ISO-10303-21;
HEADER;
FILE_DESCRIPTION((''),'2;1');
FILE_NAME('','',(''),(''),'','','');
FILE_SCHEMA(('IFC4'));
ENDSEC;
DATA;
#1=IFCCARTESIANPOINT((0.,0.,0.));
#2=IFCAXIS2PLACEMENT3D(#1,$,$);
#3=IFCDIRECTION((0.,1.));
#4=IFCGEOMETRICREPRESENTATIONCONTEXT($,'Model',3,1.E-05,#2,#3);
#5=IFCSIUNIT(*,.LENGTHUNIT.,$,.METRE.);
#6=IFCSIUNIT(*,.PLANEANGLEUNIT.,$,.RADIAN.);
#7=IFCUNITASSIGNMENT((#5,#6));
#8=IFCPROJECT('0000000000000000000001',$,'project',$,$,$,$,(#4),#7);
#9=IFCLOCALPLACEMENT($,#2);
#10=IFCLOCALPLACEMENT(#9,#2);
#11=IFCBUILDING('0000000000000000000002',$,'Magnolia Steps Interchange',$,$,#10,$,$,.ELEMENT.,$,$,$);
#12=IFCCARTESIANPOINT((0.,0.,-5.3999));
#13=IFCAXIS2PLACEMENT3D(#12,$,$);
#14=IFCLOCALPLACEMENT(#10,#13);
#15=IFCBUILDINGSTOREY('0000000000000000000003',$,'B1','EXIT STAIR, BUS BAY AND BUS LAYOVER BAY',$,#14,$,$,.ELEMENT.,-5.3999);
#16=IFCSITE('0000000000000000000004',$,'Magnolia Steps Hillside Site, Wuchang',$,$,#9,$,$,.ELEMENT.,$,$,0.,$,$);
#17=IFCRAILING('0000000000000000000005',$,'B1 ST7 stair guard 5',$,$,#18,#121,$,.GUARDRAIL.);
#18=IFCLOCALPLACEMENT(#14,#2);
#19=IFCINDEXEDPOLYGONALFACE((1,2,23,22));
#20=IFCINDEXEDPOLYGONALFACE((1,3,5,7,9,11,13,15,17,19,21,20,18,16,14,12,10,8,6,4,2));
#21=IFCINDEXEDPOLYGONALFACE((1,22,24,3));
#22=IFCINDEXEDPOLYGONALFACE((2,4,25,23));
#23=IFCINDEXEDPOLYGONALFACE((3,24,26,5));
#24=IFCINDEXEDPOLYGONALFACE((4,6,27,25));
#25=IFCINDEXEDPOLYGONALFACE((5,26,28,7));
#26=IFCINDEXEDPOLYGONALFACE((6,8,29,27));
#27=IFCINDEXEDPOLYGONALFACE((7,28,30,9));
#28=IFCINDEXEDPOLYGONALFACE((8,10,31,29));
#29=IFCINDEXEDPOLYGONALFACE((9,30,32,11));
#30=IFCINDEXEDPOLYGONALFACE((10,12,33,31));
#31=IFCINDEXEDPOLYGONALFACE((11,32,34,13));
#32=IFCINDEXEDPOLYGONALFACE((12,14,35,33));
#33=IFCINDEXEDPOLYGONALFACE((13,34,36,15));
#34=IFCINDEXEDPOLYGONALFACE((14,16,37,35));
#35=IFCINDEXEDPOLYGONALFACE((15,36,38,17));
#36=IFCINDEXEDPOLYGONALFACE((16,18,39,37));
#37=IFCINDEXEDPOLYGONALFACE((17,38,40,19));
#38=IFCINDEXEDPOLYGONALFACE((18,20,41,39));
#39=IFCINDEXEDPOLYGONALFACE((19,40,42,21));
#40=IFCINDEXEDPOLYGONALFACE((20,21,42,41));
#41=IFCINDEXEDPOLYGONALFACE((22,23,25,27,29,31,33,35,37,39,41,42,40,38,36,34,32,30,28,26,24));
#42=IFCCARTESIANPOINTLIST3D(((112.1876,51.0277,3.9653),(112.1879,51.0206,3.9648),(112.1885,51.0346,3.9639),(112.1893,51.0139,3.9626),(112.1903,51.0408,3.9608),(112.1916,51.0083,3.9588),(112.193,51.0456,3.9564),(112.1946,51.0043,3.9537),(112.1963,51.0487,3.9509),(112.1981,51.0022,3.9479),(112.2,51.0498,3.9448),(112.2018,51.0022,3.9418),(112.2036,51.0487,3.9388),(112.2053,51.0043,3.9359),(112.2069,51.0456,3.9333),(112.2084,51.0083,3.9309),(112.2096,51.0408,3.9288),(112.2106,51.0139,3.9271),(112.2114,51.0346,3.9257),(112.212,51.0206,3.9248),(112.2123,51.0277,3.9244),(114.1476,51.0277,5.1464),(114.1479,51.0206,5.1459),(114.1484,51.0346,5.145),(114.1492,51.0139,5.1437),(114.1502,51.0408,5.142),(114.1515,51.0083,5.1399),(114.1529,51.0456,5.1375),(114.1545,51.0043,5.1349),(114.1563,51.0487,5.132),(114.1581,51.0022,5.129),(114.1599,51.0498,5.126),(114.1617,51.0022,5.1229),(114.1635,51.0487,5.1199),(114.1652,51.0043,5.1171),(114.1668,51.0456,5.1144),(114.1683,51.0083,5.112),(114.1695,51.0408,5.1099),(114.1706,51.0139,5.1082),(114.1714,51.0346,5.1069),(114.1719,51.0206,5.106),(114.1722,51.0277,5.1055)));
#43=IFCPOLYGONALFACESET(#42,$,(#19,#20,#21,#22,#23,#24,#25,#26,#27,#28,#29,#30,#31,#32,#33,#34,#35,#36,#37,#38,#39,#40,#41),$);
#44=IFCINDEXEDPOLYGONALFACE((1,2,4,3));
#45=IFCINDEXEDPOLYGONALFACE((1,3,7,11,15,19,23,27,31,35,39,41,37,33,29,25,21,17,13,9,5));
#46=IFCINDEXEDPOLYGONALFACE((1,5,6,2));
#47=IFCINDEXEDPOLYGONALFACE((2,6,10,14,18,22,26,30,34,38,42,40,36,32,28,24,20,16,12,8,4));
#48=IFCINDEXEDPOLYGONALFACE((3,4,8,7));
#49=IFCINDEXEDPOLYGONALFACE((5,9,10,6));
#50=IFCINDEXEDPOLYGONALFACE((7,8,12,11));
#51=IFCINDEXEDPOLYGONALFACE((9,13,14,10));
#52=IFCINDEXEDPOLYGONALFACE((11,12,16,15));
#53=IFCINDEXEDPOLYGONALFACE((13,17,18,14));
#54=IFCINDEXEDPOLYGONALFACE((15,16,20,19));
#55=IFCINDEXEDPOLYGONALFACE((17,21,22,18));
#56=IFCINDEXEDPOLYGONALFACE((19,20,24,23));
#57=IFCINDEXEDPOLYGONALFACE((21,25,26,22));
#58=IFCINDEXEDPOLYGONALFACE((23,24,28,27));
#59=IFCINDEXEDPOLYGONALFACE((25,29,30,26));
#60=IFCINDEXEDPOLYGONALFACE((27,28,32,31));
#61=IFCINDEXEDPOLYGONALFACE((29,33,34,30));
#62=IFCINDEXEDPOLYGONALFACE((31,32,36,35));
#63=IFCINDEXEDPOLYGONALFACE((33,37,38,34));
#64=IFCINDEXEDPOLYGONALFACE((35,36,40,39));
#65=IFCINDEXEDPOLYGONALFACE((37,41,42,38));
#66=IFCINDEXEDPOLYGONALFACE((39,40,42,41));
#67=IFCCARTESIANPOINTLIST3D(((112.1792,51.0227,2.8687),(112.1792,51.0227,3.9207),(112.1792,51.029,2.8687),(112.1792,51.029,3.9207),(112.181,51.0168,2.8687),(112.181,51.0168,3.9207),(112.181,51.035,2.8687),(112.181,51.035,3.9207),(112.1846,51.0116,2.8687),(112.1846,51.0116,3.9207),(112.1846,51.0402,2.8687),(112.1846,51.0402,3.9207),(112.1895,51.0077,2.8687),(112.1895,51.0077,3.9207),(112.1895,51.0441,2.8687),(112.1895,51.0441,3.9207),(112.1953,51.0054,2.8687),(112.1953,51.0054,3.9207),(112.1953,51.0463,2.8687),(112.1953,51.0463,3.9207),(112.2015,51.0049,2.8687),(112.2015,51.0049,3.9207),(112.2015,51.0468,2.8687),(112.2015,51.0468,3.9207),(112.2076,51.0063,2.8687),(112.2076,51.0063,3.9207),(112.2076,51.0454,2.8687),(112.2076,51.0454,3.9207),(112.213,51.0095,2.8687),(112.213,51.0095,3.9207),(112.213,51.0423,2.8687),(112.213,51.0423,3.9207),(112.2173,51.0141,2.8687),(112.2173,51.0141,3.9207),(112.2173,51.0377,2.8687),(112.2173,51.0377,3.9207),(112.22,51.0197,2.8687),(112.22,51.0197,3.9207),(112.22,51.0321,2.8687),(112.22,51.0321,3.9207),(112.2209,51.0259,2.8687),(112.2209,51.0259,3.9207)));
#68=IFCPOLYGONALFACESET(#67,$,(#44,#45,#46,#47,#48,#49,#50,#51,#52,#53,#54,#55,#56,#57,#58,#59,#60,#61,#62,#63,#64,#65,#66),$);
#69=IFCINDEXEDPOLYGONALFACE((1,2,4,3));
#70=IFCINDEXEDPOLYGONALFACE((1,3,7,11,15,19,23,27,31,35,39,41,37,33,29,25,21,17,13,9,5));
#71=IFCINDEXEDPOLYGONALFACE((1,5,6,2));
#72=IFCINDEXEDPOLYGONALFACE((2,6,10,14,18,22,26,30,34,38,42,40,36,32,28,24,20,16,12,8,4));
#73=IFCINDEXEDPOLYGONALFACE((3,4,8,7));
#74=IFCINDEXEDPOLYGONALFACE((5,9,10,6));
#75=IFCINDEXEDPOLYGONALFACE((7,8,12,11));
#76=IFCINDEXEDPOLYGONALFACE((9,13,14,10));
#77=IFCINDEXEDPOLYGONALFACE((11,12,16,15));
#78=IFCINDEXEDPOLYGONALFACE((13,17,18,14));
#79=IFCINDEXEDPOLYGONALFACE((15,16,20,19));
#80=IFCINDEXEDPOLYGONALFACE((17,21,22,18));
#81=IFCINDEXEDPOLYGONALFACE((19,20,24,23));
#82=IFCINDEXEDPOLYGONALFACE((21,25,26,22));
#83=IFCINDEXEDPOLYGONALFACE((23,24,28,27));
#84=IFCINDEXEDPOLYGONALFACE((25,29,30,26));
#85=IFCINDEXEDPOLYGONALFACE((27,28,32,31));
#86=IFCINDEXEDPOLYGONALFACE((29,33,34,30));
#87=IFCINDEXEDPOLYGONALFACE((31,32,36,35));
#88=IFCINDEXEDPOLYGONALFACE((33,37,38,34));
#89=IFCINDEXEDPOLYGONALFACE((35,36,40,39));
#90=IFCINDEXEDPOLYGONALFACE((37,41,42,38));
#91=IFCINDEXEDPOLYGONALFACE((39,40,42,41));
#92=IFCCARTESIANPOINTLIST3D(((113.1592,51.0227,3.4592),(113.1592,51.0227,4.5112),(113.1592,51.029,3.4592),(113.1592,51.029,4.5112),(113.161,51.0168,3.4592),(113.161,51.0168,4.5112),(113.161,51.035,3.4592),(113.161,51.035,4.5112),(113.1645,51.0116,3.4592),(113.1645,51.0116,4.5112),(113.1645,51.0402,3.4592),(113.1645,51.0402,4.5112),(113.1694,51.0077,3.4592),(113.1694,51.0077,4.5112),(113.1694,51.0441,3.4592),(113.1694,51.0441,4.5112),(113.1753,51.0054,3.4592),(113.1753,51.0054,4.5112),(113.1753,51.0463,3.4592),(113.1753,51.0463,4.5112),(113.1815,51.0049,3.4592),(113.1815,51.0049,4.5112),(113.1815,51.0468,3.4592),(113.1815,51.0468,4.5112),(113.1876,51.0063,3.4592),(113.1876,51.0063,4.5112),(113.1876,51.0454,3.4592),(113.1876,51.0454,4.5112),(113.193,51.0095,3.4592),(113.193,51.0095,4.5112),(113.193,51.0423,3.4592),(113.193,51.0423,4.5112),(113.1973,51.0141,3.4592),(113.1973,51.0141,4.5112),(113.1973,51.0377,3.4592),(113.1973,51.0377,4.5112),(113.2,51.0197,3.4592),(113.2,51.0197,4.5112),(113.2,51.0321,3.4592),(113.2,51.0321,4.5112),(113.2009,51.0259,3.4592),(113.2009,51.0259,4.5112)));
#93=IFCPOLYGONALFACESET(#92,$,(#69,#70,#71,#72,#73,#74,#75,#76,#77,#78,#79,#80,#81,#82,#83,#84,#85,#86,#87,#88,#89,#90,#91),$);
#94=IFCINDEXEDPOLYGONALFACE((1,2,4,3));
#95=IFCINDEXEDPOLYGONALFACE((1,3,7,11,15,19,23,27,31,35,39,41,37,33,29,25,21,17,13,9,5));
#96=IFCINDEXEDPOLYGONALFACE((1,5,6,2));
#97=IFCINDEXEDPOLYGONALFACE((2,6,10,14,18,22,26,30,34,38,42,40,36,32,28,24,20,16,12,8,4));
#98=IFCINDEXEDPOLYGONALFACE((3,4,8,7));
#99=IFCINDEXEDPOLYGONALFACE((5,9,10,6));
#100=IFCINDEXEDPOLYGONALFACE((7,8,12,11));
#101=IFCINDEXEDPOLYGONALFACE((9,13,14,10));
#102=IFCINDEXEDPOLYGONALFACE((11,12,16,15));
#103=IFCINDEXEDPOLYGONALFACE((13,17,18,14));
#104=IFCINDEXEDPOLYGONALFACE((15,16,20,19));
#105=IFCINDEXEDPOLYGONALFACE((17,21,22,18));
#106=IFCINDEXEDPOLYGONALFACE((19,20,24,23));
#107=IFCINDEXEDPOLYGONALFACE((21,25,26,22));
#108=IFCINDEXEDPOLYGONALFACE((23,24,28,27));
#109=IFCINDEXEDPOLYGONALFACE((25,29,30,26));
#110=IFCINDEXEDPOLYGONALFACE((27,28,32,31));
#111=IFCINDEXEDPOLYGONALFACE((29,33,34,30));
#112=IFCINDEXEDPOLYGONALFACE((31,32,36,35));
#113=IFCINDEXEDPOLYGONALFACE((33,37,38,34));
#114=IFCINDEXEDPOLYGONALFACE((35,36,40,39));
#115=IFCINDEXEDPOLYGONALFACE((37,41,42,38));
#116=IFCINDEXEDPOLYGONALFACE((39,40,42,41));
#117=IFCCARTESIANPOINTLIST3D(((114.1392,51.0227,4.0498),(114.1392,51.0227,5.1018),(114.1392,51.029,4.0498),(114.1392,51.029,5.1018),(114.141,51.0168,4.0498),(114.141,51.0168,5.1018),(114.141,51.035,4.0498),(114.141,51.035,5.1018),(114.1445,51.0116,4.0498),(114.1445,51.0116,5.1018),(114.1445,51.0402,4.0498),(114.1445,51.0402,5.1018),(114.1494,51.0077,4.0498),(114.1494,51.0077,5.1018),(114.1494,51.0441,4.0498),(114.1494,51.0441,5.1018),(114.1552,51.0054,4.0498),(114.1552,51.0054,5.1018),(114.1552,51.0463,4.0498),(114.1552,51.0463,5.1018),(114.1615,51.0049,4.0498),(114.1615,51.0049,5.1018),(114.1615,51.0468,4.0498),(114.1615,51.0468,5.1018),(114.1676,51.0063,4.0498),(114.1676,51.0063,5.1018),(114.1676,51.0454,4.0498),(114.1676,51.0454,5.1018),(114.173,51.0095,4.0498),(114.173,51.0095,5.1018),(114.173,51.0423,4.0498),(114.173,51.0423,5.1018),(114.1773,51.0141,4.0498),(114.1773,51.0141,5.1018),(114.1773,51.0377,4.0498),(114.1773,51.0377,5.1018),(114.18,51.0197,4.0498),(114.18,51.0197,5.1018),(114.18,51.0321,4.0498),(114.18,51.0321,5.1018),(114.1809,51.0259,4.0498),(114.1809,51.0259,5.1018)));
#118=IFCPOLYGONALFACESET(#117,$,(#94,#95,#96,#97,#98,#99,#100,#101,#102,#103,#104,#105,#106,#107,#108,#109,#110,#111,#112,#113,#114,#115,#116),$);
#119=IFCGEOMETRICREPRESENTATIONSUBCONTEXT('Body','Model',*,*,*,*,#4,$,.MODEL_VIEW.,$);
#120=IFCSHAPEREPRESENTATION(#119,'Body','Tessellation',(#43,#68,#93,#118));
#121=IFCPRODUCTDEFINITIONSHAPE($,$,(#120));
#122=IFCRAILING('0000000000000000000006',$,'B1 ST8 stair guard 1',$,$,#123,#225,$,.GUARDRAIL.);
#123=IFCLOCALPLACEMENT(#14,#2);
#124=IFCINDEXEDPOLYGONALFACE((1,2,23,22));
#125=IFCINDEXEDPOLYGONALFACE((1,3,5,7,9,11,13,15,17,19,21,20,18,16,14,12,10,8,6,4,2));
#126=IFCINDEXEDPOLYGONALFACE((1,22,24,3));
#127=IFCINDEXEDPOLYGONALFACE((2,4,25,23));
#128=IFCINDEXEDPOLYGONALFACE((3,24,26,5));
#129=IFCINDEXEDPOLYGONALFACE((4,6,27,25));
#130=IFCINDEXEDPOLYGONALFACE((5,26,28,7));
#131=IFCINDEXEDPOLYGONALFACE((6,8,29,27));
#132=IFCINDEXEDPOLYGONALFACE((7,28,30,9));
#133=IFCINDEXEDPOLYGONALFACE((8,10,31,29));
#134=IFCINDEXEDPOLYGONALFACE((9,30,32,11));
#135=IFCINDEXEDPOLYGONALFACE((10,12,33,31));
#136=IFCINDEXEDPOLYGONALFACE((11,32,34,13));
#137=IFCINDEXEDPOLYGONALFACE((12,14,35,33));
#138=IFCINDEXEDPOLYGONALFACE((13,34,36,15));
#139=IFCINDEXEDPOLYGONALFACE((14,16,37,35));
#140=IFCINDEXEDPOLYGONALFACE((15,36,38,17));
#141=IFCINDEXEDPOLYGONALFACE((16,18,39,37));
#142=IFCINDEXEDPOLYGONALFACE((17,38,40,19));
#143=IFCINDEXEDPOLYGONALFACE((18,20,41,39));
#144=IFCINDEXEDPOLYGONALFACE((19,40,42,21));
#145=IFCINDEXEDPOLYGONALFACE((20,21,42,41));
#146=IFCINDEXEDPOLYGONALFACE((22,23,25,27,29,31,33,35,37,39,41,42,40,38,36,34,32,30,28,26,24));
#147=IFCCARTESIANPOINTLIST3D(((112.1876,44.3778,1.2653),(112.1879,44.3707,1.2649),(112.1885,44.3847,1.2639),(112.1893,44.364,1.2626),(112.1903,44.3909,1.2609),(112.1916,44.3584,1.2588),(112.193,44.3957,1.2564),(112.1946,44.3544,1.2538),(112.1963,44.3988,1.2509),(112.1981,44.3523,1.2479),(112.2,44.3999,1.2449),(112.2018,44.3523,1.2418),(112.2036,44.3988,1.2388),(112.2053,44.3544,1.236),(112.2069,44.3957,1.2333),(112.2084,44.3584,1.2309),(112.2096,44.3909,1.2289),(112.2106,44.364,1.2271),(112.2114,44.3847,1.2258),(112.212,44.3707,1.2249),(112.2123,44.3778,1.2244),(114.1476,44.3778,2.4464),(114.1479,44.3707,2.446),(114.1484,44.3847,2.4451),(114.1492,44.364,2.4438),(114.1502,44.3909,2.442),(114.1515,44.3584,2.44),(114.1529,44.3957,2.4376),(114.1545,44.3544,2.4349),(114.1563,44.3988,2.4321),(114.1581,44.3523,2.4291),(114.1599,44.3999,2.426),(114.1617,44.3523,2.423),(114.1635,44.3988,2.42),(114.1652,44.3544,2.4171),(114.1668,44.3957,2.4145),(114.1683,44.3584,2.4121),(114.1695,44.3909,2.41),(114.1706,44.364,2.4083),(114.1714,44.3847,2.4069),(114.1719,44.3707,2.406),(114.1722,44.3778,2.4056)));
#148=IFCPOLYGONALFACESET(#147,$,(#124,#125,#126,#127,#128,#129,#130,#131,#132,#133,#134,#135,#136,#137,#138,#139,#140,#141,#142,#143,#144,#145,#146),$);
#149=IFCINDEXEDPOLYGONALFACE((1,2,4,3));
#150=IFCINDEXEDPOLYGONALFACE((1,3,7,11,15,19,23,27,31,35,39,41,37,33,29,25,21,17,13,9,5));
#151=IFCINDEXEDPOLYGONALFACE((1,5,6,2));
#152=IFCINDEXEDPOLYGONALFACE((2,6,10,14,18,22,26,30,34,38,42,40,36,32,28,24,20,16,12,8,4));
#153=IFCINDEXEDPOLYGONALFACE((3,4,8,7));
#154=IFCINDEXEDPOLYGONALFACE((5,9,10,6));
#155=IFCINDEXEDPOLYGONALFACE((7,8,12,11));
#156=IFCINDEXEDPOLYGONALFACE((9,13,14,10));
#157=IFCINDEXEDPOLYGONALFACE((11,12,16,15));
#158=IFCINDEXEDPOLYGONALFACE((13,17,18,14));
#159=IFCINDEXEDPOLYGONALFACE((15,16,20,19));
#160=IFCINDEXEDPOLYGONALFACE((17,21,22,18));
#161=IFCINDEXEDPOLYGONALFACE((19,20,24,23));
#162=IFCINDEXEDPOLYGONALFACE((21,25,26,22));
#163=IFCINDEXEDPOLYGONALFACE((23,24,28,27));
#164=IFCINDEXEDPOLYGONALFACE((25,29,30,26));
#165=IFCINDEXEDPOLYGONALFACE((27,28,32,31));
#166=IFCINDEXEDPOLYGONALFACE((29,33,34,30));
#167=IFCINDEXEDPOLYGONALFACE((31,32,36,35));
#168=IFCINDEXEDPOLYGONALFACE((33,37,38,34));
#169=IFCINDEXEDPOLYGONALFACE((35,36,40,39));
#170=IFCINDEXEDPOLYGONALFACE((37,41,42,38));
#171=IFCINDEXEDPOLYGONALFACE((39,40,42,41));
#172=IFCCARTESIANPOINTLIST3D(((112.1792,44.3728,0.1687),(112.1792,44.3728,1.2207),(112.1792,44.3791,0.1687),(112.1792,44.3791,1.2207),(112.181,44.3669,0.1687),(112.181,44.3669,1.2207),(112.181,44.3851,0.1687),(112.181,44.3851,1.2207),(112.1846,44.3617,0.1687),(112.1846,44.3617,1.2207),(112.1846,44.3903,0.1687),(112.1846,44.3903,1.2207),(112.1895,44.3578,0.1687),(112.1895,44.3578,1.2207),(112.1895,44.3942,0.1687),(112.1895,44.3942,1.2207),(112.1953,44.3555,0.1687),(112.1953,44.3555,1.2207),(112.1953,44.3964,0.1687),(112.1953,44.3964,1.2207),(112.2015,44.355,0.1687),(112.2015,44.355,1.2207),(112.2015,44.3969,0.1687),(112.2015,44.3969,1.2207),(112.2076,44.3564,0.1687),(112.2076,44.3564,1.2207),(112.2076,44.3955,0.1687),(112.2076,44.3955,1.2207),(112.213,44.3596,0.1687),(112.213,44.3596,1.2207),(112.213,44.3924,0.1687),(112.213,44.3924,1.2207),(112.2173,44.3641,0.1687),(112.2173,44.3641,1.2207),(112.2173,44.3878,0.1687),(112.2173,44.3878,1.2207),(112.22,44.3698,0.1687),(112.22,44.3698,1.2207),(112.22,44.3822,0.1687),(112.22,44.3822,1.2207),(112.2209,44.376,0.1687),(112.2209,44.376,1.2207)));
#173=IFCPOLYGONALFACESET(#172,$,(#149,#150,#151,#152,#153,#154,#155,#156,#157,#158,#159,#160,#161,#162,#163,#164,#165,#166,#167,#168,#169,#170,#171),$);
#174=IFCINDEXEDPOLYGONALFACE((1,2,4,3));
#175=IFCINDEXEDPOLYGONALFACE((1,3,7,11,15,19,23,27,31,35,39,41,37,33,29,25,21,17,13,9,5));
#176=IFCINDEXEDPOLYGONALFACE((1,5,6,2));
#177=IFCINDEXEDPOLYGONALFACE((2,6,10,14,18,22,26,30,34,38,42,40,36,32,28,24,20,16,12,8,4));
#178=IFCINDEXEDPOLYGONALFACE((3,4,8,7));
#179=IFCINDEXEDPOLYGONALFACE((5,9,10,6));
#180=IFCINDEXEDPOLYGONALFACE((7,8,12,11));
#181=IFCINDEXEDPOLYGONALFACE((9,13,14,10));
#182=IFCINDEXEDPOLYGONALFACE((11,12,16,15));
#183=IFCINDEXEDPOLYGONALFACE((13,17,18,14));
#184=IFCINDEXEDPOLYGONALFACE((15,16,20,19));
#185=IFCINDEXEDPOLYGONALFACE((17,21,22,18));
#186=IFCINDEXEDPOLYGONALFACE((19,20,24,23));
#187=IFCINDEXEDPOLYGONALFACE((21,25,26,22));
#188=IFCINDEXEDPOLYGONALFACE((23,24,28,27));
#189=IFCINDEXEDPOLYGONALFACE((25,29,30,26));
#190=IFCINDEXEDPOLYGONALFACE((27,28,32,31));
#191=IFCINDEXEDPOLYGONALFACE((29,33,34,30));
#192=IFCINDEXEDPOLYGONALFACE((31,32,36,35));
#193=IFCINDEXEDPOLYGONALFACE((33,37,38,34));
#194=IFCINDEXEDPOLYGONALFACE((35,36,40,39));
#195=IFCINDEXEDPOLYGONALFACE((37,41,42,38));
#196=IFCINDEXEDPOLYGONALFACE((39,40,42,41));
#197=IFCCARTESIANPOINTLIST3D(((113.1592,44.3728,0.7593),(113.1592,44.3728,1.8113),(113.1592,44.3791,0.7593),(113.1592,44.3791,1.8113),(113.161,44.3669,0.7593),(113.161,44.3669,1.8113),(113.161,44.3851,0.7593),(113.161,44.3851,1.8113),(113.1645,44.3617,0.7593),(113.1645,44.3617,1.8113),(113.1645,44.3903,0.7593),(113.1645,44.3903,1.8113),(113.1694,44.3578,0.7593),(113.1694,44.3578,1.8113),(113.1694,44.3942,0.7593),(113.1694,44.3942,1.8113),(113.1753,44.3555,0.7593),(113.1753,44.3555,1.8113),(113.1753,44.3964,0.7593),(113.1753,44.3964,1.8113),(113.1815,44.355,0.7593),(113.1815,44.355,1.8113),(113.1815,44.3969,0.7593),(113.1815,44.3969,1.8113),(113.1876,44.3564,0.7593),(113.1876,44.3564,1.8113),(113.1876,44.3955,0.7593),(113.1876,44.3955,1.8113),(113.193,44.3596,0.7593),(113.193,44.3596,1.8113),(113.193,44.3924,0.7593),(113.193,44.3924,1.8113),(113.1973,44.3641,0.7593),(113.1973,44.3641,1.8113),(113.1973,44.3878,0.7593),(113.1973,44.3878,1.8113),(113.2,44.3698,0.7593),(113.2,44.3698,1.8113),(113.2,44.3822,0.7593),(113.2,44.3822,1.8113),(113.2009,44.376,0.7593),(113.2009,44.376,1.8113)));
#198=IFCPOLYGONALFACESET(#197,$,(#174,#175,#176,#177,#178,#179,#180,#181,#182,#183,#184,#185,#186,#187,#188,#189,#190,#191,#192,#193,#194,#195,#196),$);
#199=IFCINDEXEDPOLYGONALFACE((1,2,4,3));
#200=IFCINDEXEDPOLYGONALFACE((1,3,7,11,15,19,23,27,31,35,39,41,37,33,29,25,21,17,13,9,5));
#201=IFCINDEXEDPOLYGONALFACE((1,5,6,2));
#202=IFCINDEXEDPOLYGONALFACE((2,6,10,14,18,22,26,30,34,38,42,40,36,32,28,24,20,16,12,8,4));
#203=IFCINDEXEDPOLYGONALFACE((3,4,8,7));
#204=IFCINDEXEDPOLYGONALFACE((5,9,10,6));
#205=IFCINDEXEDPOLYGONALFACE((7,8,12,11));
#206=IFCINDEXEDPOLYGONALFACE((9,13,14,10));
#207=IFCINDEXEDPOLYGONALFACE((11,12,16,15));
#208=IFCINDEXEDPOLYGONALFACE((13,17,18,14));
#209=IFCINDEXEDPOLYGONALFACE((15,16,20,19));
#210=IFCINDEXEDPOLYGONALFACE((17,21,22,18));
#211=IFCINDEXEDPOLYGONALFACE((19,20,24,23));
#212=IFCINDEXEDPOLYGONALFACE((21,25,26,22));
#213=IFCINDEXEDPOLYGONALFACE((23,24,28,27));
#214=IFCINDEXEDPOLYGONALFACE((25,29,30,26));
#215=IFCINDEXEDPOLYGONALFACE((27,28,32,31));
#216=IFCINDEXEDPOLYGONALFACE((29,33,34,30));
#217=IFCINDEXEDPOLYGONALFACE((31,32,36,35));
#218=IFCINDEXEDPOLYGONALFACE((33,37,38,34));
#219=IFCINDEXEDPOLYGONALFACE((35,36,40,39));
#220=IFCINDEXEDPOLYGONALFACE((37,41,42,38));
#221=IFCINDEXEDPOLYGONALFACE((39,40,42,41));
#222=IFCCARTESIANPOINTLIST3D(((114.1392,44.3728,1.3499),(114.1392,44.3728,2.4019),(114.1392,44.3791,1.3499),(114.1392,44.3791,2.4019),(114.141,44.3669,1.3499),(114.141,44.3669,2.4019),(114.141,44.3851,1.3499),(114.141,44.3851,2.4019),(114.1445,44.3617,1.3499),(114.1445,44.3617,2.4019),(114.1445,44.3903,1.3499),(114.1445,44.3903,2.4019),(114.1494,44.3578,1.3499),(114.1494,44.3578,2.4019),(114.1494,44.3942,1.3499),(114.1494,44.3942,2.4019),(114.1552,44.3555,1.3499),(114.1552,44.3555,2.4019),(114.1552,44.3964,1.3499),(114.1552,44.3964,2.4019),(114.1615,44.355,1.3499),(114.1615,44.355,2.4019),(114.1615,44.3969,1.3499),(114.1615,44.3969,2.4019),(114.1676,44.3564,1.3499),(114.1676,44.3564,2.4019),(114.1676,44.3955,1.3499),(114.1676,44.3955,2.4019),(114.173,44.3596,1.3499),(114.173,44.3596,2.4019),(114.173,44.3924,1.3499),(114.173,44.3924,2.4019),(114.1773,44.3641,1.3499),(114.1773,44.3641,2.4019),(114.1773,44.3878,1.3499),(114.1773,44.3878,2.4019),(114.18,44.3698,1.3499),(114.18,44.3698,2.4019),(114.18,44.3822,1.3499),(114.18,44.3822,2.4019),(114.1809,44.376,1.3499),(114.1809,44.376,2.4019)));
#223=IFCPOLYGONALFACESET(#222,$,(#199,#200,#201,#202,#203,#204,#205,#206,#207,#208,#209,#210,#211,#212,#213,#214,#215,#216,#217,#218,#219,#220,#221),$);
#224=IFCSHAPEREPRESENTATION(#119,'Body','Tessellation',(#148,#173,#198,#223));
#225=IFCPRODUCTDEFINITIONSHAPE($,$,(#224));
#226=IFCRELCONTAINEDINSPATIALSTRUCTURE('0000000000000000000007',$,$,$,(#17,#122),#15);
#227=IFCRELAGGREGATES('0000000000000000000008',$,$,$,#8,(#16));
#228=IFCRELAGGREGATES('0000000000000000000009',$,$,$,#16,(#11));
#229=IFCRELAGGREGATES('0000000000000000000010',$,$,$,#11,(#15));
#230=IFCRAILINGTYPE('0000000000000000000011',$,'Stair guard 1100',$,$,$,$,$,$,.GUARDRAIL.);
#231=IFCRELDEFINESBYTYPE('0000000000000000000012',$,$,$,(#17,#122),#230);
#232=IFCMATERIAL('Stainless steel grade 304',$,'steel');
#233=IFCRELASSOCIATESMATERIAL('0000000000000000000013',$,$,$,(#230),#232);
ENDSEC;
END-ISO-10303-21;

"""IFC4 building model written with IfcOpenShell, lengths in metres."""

from ifc_helpers import new_model, si_unit, direction, frame, origin, origin_2d, place, context, subcontext, project, spatial, circle, extrude, material, type_object, element, save


model = new_model("IFC4")

# Units and contexts
model_context = context("Model", 3, precision=1e-05, world=origin(), true_north=direction((0.0, 1.0)))
body_context = subcontext(model_context, "Body", "Model", "MODEL_VIEW")
ifc_project = project(units=[si_unit("LENGTHUNIT", "METRE"), si_unit("PLANEANGLEUNIT", "RADIAN")], contexts=[model_context])

# Site, building, storey
site_placement = place(None, origin())
site = spatial("IfcSite", under=ifc_project, at=site_placement, Name="Magnolia Steps Hillside Site, Wuchang", CompositionType="ELEMENT", RefElevation=0.0)
building_placement = place(site_placement, origin())
building = spatial("IfcBuilding", under=site, at=building_placement, Name="Magnolia Steps Interchange", CompositionType="ELEMENT")
storey_placement = place(building_placement, frame((0.0, 0.0, -5.3999)))
storey = spatial("IfcBuildingStorey", under=building, at=storey_placement, Name="B1", Description="EXIT STAIR, BUS BAY AND BUS LAYOVER BAY", CompositionType="ELEMENT", Elevation=-5.3999)

# Railings
ifc_material_1 = material(Name="Stainless steel grade 304", Category="steel")
railing_type_1 = type_object("IfcRailingType", Name="Stair guard 1100", PredefinedType="GUARDRAIL", material=ifc_material_1)
for number, where, name in (
    (1, (112.2, 51.0259, 2.8687), "B1 ST7 stair guard 5"),
    (2, (112.2, 44.376, 0.1687), "B1 ST8 stair guard 1"),
):
    element("IfcRailing", number, at=place(storey_placement, frame(where)), inside=storey, type_object=railing_type_1, Name=name, PredefinedType="GUARDRAIL", context=body_context, shape_type="SweptSolid", body=[
        extrude(circle(Radius=0.0239, at=origin_2d()), frame((0.0, 0.0, 1.0762), z_axis=(0.856493, 0.0, 0.516158), x_axis=(0.0, 1.0, 0.0)), (0.0, 0.0, 1.0), 2.2883),
        extrude(circle(Radius=0.021, at=origin_2d()), origin(), (0.0, 0.0, 1.0), 1.052),
        extrude(circle(Radius=0.021, at=origin_2d()), frame((0.98, 0.0, 0.5906)), (0.0, 0.0, 1.0), 1.052),
        extrude(circle(Radius=0.021, at=origin_2d()), frame((1.96, 0.0, 1.1812)), (0.0, 0.0, 1.0), 1.052),
    ])

save(model, "model.ifc")
